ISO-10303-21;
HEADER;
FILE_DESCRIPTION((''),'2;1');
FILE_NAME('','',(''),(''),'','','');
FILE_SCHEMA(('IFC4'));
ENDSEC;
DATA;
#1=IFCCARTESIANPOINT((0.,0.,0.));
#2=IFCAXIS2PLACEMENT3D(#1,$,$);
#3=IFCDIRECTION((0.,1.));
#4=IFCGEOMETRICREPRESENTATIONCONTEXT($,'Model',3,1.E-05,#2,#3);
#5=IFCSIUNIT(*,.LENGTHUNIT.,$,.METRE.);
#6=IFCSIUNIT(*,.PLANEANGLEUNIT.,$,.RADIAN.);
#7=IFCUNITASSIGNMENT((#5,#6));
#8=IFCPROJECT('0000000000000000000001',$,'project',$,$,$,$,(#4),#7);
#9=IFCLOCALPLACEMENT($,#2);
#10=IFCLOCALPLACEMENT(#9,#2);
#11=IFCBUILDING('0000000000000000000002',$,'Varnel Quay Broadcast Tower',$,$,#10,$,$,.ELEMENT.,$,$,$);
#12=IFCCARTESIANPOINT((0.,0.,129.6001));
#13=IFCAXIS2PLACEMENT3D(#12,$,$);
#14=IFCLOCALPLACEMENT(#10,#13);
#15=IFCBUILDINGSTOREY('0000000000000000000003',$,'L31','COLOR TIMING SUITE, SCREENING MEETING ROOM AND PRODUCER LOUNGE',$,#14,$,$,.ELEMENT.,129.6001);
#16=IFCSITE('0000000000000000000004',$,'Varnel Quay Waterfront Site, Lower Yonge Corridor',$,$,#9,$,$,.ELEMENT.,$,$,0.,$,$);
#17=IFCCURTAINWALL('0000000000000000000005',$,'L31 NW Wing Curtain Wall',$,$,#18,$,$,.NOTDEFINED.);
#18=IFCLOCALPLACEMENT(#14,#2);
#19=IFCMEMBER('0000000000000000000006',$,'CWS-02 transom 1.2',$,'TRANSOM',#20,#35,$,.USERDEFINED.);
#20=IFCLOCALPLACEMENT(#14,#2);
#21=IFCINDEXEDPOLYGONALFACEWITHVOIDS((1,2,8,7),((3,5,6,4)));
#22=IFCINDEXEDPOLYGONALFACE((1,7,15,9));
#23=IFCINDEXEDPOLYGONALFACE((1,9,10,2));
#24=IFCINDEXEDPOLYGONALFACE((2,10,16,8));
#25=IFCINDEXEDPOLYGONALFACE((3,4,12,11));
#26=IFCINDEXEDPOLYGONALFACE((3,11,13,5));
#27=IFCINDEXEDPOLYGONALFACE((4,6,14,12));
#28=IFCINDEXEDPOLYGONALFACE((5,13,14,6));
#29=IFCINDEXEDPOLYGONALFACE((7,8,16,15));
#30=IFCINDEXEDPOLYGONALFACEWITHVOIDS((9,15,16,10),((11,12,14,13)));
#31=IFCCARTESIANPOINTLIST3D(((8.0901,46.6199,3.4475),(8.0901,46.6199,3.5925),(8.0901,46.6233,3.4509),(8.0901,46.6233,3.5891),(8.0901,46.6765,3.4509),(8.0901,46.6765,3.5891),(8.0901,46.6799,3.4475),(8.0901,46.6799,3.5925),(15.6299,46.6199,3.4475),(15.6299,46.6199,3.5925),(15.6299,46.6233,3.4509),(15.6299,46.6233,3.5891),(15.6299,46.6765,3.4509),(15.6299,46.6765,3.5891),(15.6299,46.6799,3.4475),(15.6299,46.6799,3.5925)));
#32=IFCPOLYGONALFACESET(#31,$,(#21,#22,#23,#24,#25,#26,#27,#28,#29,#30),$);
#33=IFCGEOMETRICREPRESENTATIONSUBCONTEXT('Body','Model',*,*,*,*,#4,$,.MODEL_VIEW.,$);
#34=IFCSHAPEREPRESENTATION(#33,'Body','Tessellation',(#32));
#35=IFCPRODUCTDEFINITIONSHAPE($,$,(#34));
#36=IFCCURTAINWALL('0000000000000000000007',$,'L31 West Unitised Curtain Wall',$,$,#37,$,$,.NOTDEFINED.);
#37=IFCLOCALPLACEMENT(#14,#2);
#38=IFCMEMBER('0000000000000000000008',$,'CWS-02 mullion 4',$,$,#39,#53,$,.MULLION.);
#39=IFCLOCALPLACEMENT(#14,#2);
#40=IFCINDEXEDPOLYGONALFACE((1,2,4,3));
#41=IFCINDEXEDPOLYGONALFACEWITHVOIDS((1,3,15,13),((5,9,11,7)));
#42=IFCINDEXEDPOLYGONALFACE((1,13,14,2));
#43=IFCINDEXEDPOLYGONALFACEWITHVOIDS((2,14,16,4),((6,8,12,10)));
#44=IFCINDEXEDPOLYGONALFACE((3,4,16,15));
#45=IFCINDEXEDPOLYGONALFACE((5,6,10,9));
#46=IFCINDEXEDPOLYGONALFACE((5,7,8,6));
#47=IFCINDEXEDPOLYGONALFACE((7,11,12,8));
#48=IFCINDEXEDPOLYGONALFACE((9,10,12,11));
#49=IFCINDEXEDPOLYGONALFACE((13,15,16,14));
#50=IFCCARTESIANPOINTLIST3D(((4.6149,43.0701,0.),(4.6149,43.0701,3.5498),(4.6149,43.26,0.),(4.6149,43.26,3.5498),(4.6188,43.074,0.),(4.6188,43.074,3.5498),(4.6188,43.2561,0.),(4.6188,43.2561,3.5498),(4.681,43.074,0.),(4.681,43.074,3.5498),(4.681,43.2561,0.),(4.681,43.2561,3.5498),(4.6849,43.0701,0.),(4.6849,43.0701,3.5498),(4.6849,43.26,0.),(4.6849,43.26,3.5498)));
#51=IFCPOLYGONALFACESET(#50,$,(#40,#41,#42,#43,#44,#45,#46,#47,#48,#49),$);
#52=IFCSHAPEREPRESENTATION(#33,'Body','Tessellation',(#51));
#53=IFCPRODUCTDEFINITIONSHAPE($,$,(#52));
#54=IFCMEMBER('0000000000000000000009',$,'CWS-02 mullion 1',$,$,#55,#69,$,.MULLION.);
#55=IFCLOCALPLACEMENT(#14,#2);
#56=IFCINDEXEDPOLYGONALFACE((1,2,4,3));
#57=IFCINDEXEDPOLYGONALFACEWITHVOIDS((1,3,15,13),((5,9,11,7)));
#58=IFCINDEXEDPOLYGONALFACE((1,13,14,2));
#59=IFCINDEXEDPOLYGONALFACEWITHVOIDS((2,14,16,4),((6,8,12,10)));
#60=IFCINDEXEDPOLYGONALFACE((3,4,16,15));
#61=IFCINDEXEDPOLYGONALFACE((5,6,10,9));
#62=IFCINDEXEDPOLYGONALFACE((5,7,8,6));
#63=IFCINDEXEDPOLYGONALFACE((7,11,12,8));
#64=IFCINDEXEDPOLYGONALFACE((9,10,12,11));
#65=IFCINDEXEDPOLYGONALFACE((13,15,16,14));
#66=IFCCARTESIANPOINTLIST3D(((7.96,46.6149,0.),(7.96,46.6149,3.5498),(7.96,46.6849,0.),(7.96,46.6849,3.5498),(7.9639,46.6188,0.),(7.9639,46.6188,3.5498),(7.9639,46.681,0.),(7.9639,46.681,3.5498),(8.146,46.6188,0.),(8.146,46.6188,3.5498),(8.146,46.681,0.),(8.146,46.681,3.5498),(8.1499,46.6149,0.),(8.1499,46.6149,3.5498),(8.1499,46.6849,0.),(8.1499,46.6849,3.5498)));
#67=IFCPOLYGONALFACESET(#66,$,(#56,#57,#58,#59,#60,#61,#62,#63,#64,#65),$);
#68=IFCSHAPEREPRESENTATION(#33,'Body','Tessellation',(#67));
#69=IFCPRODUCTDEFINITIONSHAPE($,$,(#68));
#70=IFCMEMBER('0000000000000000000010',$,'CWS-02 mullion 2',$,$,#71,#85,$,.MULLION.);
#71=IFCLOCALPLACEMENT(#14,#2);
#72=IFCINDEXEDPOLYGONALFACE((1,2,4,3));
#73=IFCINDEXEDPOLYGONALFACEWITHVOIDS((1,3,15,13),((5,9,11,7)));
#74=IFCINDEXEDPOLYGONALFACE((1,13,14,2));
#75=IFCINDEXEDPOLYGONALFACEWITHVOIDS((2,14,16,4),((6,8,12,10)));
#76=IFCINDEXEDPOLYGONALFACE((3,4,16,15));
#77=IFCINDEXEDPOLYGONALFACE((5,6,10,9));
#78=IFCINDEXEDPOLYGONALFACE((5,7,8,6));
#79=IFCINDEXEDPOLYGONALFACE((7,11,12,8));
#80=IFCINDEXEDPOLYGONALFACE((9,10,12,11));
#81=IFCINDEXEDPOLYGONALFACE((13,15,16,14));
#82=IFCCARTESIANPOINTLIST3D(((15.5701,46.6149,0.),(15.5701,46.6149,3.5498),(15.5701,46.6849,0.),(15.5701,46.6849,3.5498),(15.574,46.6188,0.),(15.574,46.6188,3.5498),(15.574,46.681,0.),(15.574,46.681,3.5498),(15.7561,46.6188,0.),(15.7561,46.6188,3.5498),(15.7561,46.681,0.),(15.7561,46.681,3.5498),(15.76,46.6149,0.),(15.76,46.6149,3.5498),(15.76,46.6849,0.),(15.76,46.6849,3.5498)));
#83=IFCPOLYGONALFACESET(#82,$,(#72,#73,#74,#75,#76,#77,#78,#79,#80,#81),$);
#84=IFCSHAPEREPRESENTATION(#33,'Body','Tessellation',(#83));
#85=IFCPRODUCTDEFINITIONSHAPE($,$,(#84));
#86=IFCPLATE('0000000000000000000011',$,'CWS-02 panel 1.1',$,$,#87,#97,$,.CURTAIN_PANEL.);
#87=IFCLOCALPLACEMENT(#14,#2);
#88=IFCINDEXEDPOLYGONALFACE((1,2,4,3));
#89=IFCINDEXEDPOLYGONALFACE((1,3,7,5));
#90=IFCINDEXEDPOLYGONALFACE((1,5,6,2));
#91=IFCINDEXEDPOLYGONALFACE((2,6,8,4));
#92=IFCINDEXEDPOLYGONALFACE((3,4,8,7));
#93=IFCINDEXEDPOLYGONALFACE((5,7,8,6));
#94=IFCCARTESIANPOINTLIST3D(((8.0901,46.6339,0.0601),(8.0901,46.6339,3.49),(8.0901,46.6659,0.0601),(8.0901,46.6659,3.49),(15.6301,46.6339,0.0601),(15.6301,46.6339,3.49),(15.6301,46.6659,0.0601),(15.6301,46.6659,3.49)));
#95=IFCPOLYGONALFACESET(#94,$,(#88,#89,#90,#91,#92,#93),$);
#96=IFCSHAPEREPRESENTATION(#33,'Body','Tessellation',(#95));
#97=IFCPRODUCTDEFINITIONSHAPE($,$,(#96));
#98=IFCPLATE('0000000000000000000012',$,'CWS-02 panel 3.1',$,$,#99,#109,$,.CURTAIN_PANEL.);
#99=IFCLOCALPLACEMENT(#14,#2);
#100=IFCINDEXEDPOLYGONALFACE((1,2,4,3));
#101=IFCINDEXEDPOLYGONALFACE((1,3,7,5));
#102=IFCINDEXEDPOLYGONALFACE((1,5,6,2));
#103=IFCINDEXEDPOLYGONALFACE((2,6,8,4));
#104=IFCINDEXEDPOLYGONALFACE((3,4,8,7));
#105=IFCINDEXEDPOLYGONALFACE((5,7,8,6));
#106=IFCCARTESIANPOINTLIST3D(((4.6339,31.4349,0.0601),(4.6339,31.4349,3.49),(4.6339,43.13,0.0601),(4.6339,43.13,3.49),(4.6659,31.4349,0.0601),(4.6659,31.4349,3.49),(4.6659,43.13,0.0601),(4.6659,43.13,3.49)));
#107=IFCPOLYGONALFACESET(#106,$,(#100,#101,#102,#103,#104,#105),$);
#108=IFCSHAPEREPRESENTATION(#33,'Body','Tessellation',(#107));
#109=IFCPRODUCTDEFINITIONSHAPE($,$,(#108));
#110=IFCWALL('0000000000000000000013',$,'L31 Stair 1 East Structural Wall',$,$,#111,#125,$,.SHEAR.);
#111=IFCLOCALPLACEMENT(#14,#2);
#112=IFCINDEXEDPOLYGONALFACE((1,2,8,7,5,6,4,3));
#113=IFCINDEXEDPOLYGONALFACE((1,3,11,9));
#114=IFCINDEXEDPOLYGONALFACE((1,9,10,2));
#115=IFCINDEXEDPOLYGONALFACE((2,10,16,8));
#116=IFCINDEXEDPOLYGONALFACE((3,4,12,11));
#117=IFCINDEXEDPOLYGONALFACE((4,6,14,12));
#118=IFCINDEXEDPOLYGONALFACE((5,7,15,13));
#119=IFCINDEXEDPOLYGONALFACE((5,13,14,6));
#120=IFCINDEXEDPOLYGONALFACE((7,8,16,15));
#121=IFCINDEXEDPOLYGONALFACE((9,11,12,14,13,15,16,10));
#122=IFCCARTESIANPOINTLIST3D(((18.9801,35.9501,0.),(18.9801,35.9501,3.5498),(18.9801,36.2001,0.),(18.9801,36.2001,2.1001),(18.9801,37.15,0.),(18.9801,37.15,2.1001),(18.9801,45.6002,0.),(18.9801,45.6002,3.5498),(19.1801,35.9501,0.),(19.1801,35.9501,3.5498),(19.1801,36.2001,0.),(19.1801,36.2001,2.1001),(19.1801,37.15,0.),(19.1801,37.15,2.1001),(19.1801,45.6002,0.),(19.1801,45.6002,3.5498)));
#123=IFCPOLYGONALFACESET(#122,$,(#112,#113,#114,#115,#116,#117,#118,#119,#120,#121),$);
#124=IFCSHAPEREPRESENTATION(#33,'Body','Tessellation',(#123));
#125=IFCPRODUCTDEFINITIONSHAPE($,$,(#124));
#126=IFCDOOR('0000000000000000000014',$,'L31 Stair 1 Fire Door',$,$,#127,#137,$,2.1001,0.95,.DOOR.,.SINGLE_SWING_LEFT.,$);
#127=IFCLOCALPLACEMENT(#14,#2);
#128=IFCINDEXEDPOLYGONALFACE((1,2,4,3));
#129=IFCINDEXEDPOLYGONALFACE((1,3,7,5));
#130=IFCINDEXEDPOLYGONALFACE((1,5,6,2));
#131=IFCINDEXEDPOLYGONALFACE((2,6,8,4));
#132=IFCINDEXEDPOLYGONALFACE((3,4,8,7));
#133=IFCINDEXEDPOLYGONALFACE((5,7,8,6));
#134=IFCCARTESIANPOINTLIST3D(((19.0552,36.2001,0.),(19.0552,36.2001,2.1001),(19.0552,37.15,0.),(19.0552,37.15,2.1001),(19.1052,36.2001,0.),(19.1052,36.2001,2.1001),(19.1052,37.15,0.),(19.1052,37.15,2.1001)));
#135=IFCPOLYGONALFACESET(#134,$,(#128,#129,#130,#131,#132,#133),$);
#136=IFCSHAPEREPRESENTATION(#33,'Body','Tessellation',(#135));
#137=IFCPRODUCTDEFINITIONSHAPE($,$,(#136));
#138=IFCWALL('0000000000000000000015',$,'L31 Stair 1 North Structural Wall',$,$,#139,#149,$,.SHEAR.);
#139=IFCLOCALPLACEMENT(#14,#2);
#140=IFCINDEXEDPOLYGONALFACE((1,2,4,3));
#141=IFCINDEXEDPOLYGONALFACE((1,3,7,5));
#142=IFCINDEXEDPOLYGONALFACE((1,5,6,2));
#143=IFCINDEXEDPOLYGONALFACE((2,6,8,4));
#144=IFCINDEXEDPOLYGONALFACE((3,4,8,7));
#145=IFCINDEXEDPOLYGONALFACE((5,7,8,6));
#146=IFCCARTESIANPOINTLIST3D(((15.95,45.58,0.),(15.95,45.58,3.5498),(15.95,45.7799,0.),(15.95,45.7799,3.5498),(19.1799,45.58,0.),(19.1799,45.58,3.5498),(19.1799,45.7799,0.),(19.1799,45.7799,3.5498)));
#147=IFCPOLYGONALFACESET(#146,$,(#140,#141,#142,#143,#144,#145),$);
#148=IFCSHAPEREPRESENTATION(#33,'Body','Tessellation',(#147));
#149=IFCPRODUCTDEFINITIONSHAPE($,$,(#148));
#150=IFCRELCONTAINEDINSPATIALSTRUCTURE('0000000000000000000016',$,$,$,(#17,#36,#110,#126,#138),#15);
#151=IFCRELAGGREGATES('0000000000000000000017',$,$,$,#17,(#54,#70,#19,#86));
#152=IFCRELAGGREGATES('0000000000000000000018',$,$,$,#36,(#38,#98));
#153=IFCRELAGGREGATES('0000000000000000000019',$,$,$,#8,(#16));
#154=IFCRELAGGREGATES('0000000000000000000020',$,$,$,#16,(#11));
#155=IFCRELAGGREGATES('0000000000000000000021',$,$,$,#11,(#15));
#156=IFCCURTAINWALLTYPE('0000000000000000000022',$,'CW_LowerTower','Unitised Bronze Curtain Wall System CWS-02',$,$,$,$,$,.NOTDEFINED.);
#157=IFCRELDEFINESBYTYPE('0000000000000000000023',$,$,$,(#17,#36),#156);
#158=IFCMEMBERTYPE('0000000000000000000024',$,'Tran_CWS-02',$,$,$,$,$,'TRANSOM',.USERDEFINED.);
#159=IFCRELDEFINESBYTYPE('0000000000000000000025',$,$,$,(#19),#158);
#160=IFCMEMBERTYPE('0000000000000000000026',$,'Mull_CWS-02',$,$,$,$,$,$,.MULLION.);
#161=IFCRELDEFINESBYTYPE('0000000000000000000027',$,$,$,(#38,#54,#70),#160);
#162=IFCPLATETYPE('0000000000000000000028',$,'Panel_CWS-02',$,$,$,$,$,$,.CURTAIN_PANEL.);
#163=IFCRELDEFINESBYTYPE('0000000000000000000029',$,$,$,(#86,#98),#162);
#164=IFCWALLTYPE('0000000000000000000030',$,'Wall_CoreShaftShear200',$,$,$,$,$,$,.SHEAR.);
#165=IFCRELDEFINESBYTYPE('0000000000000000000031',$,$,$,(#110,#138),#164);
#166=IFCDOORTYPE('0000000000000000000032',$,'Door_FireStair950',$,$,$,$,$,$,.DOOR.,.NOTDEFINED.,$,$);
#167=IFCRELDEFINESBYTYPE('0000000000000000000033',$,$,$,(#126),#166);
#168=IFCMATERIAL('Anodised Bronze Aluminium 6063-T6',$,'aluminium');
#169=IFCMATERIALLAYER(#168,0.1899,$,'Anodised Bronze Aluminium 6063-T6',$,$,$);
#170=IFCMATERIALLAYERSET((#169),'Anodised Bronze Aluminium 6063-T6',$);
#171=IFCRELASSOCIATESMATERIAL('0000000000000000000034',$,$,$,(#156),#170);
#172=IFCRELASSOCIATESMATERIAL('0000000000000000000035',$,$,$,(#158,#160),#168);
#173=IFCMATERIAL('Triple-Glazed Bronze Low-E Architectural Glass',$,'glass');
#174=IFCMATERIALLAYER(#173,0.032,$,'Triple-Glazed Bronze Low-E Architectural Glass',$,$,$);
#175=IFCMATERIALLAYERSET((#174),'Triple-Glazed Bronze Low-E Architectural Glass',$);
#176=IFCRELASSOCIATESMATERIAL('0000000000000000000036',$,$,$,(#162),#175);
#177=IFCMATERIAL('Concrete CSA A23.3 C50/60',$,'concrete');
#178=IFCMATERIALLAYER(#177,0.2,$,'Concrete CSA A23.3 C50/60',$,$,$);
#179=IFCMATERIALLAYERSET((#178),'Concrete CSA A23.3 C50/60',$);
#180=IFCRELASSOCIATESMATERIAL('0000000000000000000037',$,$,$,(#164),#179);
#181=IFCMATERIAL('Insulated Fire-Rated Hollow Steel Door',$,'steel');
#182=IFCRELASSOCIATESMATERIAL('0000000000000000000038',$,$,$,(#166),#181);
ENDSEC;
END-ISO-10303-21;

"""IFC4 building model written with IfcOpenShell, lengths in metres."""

from ifc_helpers import new_model, si_unit, direction, frame, frame_2d, origin, origin_2d, place, context, subcontext, project, spatial, rectangle, hollow_rectangle, extrude, source, transform, mapped, material, layer, layer_set, material_profile, profile_set, type_object, type_shapes, element, fill, aggregate, save


model = new_model("IFC4")

# Units and contexts
model_context = context("Model", 3, precision=1e-05, world=origin(), true_north=direction((0.0, 1.0)))
body_context = subcontext(model_context, "Body", "Model", "MODEL_VIEW")
ifc_project = project(units=[si_unit("LENGTHUNIT", "METRE"), si_unit("PLANEANGLEUNIT", "RADIAN")], contexts=[model_context])

# Site, building, storey
site_placement = place(None, origin())
site = spatial("IfcSite", under=ifc_project, at=site_placement, Name="Varnel Quay Waterfront Site, Lower Yonge Corridor", CompositionType="ELEMENT", RefElevation=0.0)
building_placement = place(site_placement, origin())
building = spatial("IfcBuilding", under=site, at=building_placement, Name="Varnel Quay Broadcast Tower", CompositionType="ELEMENT")
storey_placement = place(building_placement, frame((0.0, 0.0, 129.6001)))
storey = spatial("IfcBuildingStorey", under=building, at=storey_placement, Name="L31", Description="COLOR TIMING SUITE, SCREENING MEETING ROOM AND PRODUCER LOUNGE", CompositionType="ELEMENT", Elevation=129.6001)

# Curtain wall, member
ifc_material_1 = material(Name="Anodised Bronze Aluminium 6063-T6", Category="aluminium")
ifc_layer_1 = layer(ifc_material_1, 0.1899, Name="Anodised Bronze Aluminium 6063-T6")
ifc_layer_set_1 = layer_set([ifc_layer_1], Name="Anodised Bronze Aluminium 6063-T6")
curtain_wall_type = type_object("IfcCurtainWallType", Name="CW_LowerTower", Description="Unitised Bronze Curtain Wall System CWS-02", PredefinedType="NOTDEFINED", material=ifc_layer_set_1)
curtain_wall_1_placement = place(storey_placement, origin())
curtain_wall_1 = element("IfcCurtainWall", 1, at=curtain_wall_1_placement, inside=storey, type_object=curtain_wall_type, Name="L31 NW Wing Curtain Wall", PredefinedType="NOTDEFINED")
ifc_material_profile_1 = material_profile(ifc_material_1, hollow_rectangle(XDim=0.0601, YDim=0.145, WallThickness=0.0034, at=origin_2d()), Name="ALU60X145X3.5")
ifc_profile_set_1 = profile_set([ifc_material_profile_1], Name="Anodised Bronze Aluminium 6063-T6")
member_type_1 = type_object("IfcMemberType", Name="Tran_CWS-02", ElementType="TRANSOM", PredefinedType="USERDEFINED", material=ifc_profile_set_1)
shared_shape_1 = source(origin(), body_context, "Body", "SweptSolid", [
    extrude(hollow_rectangle(XDim=0.0601, YDim=0.145, WallThickness=0.0034, at=origin_2d()), origin(), (0.0, 0.0, 1.0), 7.5398),
])
type_shapes(member_type_1, [shared_shape_1])
member_1_placement = place(storey_placement, frame((8.0901, 46.6499, 3.52), z_axis=(1.0, 0.0, 0.0), x_axis=(0.0, 1.0, 0.0)))
member_1 = element("IfcMember", 2, at=member_1_placement, type_object=member_type_1, Name="CWS-02 transom 1.2", ObjectType="TRANSOM", PredefinedType="USERDEFINED", context=body_context, shape_type="MappedRepresentation", body=[
    mapped(shared_shape_1, transform((0.0, 0.0, 0.0), x_axis=(1.0, 0.0, 0.0), y_axis=(0.0, 1.0, 0.0), z_axis=(0.0, 0.0, 1.0), scale=1.0)),
])

# Curtain wall, member
curtain_wall_2_placement = place(storey_placement, origin())
curtain_wall_2 = element("IfcCurtainWall", 3, at=curtain_wall_2_placement, inside=storey, type_object=curtain_wall_type, Name="L31 West Unitised Curtain Wall", PredefinedType="NOTDEFINED")
ifc_material_profile_2 = material_profile(ifc_material_1, hollow_rectangle(XDim=0.0701, YDim=0.1899, WallThickness=0.0039, at=origin_2d()), Name="ALU70X190X4")
ifc_profile_set_2 = profile_set([ifc_material_profile_2], Name="Anodised Bronze Aluminium 6063-T6")
member_type_2 = type_object("IfcMemberType", Name="Mull_CWS-02", PredefinedType="MULLION", material=ifc_profile_set_2)
shared_shape_2 = source(origin(), body_context, "Body", "SweptSolid", [
    extrude(hollow_rectangle(XDim=0.0701, YDim=0.1899, WallThickness=0.0039, at=origin_2d()), origin(), (0.0, 0.0, 1.0), 3.5498),
])
type_shapes(member_type_2, [shared_shape_2])
member_2_placement = place(storey_placement, frame((4.6499, 43.165, 0.0), z_axis=(0.0, 0.0, 1.0), x_axis=(-1.0, 0.0, 0.0)))
member_2 = element("IfcMember", 4, at=member_2_placement, type_object=member_type_2, Name="CWS-02 mullion 4", PredefinedType="MULLION", context=body_context, shape_type="MappedRepresentation", body=[
    mapped(shared_shape_2, transform((0.0, 0.0, 0.0), x_axis=(1.0, 0.0, 0.0), y_axis=(0.0, 1.0, 0.0), z_axis=(0.0, 0.0, 1.0), scale=1.0)),
])

# Members
member_3_placement = place(storey_placement, frame((8.0549, 46.6499, 0.0), z_axis=(0.0, 0.0, 1.0), x_axis=(0.0, 1.0, 0.0)))
member_3 = element("IfcMember", 5, at=member_3_placement, type_object=member_type_2, Name="CWS-02 mullion 1", PredefinedType="MULLION", context=body_context, shape_type="MappedRepresentation", body=[
    mapped(shared_shape_2, transform((0.0, 0.0, 0.0), x_axis=(1.0, 0.0, 0.0), y_axis=(0.0, 1.0, 0.0), z_axis=(0.0, 0.0, 1.0), scale=1.0)),
])
member_4_placement = place(storey_placement, frame((15.665, 46.6499, 0.0), z_axis=(0.0, 0.0, 1.0), x_axis=(0.0, 1.0, 0.0)))
member_4 = element("IfcMember", 6, at=member_4_placement, type_object=member_type_2, Name="CWS-02 mullion 2", PredefinedType="MULLION", context=body_context, shape_type="MappedRepresentation", body=[
    mapped(shared_shape_2, transform((0.0, 0.0, 0.0), x_axis=(1.0, 0.0, 0.0), y_axis=(0.0, 1.0, 0.0), z_axis=(0.0, 0.0, 1.0), scale=1.0)),
])

# Plates
ifc_material_2 = material(Name="Triple-Glazed Bronze Low-E Architectural Glass", Category="glass")
ifc_layer_2 = layer(ifc_material_2, 0.032, Name="Triple-Glazed Bronze Low-E Architectural Glass")
ifc_layer_set_2 = layer_set([ifc_layer_2], Name="Triple-Glazed Bronze Low-E Architectural Glass")
plate_type = type_object("IfcPlateType", Name="Panel_CWS-02", PredefinedType="CURTAIN_PANEL", material=ifc_layer_set_2)
shared_shape_3 = source(origin(), body_context, "Body", "SweptSolid", [
    extrude(rectangle(XDim=7.54, YDim=0.032, at=origin_2d()), origin(), (0.0, 0.0, 1.0), 3.4299),
])
plate_1_placement = place(storey_placement, frame((11.8601, 46.6499, 0.0601), z_axis=(0.0, 0.0, 1.0), x_axis=(1.0, 0.0, 0.0)))
plate_1 = element("IfcPlate", 7, at=plate_1_placement, type_object=plate_type, Name="CWS-02 panel 1.1", PredefinedType="CURTAIN_PANEL", context=body_context, shape_type="MappedRepresentation", body=[
    mapped(shared_shape_3, transform((0.0, 0.0, 0.0), x_axis=(1.0, 0.0, 0.0), y_axis=(0.0, 1.0, 0.0), z_axis=(0.0, 0.0, 1.0), scale=1.0)),
])
aggregate(curtain_wall_1, [member_3, member_4, member_1, plate_1])
shared_shape_4 = source(origin(), body_context, "Body", "SweptSolid", [
    extrude(rectangle(XDim=11.6951, YDim=0.032, at=origin_2d()), origin(), (0.0, 0.0, 1.0), 3.4299),
])
type_shapes(plate_type, [shared_shape_3, shared_shape_4])
plate_2_placement = place(storey_placement, frame((4.6499, 37.2825, 0.0601), z_axis=(0.0, 0.0, 1.0), x_axis=(0.0, 1.0, 0.0)))
plate_2 = element("IfcPlate", 8, at=plate_2_placement, type_object=plate_type, Name="CWS-02 panel 3.1", PredefinedType="CURTAIN_PANEL", context=body_context, shape_type="MappedRepresentation", body=[
    mapped(shared_shape_4, transform((0.0, 0.0, 0.0), x_axis=(1.0, 0.0, 0.0), y_axis=(0.0, 1.0, 0.0), z_axis=(0.0, 0.0, 1.0), scale=1.0)),
])
aggregate(curtain_wall_2, [member_2, plate_2])

# Wall, opening, door
ifc_material_3 = material(Name="Concrete CSA A23.3 C50/60", Category="concrete")
ifc_layer_3 = layer(ifc_material_3, 0.2, Name="Concrete CSA A23.3 C50/60")
ifc_layer_set_3 = layer_set([ifc_layer_3], Name="Concrete CSA A23.3 C50/60")
wall_type_1 = type_object("IfcWallType", Name="Wall_CoreShaftShear200", PredefinedType="SHEAR", material=ifc_layer_set_3)
wall_1_placement = place(storey_placement, frame((19.0801, 35.95, 0.0), z_axis=(0.0, 0.0, 1.0), x_axis=(0.0, 1.0, 0.0)))
wall_1 = element("IfcWall", 9, at=wall_1_placement, inside=storey, type_object=wall_type_1, Name="L31 Stair 1 East Structural Wall", PredefinedType="SHEAR", context=body_context, shape_type="SweptSolid", body=[
    extrude(rectangle(XDim=9.6501, YDim=0.2, at=frame_2d((4.8252, 0.0))), origin(), (0.0, 0.0, 1.0), 3.5498),
])
opening_1_placement = place(wall_1_placement, frame((0.25, 0.0, 0.0)))
opening_1 = element("IfcOpeningElement", 10, at=opening_1_placement, cuts=wall_1, PredefinedType="OPENING", context=body_context, shape_type="SweptSolid", body=[
    extrude(rectangle(XDim=0.95, YDim=2.1001, at=frame_2d((0.4751, 1.05))), frame((0.0, 0.1099, 0.0), z_axis=(0.0, -1.0, 0.0), x_axis=(1.0, 0.0, 0.0)), (0.0, 0.0, 1.0), 0.22),
])
ifc_material_4 = material(Name="Insulated Fire-Rated Hollow Steel Door", Category="steel")
door_type_1 = type_object("IfcDoorType", Name="Door_FireStair950", OperationType="NOTDEFINED", PredefinedType="DOOR", material=ifc_material_4)
shared_shape_5 = source(origin(), body_context, "Body", "SweptSolid", [
    extrude(rectangle(XDim=0.95, YDim=2.1001, at=frame_2d((0.4751, 1.05))), frame((0.0, 0.0249, 0.0), z_axis=(0.0, -1.0, 0.0), x_axis=(1.0, 0.0, 0.0)), (0.0, 0.0, 1.0), 0.05),
])
type_shapes(door_type_1, [shared_shape_5])
door_1_placement = place(opening_1_placement, origin())
door_1 = element("IfcDoor", 11, at=door_1_placement, inside=storey, type_object=door_type_1, Name="L31 Stair 1 Fire Door", OperationType="SINGLE_SWING_LEFT", OverallHeight=2.1001, OverallWidth=0.95, PredefinedType="DOOR", context=body_context, shape_type="MappedRepresentation", body=[
    mapped(shared_shape_5, transform((0.0, 0.0, 0.0), x_axis=(1.0, 0.0, 0.0), y_axis=(0.0, 1.0, 0.0), z_axis=(0.0, 0.0, 1.0), scale=1.0)),
])
fill(opening_1, door_1)

# Wall
wall_2_placement = place(storey_placement, frame((15.95, 45.6799, 0.0), z_axis=(0.0, 0.0, 1.0), x_axis=(1.0, 0.0, 0.0)))
element("IfcWall", 12, at=wall_2_placement, inside=storey, type_object=wall_type_1, Name="L31 Stair 1 North Structural Wall", PredefinedType="SHEAR", context=body_context, shape_type="SweptSolid", body=[
    extrude(rectangle(XDim=3.23, YDim=0.2, at=frame_2d((1.615, 0.0))), origin(), (0.0, 0.0, 1.0), 3.5498),
])

save(model, "model.ifc")
